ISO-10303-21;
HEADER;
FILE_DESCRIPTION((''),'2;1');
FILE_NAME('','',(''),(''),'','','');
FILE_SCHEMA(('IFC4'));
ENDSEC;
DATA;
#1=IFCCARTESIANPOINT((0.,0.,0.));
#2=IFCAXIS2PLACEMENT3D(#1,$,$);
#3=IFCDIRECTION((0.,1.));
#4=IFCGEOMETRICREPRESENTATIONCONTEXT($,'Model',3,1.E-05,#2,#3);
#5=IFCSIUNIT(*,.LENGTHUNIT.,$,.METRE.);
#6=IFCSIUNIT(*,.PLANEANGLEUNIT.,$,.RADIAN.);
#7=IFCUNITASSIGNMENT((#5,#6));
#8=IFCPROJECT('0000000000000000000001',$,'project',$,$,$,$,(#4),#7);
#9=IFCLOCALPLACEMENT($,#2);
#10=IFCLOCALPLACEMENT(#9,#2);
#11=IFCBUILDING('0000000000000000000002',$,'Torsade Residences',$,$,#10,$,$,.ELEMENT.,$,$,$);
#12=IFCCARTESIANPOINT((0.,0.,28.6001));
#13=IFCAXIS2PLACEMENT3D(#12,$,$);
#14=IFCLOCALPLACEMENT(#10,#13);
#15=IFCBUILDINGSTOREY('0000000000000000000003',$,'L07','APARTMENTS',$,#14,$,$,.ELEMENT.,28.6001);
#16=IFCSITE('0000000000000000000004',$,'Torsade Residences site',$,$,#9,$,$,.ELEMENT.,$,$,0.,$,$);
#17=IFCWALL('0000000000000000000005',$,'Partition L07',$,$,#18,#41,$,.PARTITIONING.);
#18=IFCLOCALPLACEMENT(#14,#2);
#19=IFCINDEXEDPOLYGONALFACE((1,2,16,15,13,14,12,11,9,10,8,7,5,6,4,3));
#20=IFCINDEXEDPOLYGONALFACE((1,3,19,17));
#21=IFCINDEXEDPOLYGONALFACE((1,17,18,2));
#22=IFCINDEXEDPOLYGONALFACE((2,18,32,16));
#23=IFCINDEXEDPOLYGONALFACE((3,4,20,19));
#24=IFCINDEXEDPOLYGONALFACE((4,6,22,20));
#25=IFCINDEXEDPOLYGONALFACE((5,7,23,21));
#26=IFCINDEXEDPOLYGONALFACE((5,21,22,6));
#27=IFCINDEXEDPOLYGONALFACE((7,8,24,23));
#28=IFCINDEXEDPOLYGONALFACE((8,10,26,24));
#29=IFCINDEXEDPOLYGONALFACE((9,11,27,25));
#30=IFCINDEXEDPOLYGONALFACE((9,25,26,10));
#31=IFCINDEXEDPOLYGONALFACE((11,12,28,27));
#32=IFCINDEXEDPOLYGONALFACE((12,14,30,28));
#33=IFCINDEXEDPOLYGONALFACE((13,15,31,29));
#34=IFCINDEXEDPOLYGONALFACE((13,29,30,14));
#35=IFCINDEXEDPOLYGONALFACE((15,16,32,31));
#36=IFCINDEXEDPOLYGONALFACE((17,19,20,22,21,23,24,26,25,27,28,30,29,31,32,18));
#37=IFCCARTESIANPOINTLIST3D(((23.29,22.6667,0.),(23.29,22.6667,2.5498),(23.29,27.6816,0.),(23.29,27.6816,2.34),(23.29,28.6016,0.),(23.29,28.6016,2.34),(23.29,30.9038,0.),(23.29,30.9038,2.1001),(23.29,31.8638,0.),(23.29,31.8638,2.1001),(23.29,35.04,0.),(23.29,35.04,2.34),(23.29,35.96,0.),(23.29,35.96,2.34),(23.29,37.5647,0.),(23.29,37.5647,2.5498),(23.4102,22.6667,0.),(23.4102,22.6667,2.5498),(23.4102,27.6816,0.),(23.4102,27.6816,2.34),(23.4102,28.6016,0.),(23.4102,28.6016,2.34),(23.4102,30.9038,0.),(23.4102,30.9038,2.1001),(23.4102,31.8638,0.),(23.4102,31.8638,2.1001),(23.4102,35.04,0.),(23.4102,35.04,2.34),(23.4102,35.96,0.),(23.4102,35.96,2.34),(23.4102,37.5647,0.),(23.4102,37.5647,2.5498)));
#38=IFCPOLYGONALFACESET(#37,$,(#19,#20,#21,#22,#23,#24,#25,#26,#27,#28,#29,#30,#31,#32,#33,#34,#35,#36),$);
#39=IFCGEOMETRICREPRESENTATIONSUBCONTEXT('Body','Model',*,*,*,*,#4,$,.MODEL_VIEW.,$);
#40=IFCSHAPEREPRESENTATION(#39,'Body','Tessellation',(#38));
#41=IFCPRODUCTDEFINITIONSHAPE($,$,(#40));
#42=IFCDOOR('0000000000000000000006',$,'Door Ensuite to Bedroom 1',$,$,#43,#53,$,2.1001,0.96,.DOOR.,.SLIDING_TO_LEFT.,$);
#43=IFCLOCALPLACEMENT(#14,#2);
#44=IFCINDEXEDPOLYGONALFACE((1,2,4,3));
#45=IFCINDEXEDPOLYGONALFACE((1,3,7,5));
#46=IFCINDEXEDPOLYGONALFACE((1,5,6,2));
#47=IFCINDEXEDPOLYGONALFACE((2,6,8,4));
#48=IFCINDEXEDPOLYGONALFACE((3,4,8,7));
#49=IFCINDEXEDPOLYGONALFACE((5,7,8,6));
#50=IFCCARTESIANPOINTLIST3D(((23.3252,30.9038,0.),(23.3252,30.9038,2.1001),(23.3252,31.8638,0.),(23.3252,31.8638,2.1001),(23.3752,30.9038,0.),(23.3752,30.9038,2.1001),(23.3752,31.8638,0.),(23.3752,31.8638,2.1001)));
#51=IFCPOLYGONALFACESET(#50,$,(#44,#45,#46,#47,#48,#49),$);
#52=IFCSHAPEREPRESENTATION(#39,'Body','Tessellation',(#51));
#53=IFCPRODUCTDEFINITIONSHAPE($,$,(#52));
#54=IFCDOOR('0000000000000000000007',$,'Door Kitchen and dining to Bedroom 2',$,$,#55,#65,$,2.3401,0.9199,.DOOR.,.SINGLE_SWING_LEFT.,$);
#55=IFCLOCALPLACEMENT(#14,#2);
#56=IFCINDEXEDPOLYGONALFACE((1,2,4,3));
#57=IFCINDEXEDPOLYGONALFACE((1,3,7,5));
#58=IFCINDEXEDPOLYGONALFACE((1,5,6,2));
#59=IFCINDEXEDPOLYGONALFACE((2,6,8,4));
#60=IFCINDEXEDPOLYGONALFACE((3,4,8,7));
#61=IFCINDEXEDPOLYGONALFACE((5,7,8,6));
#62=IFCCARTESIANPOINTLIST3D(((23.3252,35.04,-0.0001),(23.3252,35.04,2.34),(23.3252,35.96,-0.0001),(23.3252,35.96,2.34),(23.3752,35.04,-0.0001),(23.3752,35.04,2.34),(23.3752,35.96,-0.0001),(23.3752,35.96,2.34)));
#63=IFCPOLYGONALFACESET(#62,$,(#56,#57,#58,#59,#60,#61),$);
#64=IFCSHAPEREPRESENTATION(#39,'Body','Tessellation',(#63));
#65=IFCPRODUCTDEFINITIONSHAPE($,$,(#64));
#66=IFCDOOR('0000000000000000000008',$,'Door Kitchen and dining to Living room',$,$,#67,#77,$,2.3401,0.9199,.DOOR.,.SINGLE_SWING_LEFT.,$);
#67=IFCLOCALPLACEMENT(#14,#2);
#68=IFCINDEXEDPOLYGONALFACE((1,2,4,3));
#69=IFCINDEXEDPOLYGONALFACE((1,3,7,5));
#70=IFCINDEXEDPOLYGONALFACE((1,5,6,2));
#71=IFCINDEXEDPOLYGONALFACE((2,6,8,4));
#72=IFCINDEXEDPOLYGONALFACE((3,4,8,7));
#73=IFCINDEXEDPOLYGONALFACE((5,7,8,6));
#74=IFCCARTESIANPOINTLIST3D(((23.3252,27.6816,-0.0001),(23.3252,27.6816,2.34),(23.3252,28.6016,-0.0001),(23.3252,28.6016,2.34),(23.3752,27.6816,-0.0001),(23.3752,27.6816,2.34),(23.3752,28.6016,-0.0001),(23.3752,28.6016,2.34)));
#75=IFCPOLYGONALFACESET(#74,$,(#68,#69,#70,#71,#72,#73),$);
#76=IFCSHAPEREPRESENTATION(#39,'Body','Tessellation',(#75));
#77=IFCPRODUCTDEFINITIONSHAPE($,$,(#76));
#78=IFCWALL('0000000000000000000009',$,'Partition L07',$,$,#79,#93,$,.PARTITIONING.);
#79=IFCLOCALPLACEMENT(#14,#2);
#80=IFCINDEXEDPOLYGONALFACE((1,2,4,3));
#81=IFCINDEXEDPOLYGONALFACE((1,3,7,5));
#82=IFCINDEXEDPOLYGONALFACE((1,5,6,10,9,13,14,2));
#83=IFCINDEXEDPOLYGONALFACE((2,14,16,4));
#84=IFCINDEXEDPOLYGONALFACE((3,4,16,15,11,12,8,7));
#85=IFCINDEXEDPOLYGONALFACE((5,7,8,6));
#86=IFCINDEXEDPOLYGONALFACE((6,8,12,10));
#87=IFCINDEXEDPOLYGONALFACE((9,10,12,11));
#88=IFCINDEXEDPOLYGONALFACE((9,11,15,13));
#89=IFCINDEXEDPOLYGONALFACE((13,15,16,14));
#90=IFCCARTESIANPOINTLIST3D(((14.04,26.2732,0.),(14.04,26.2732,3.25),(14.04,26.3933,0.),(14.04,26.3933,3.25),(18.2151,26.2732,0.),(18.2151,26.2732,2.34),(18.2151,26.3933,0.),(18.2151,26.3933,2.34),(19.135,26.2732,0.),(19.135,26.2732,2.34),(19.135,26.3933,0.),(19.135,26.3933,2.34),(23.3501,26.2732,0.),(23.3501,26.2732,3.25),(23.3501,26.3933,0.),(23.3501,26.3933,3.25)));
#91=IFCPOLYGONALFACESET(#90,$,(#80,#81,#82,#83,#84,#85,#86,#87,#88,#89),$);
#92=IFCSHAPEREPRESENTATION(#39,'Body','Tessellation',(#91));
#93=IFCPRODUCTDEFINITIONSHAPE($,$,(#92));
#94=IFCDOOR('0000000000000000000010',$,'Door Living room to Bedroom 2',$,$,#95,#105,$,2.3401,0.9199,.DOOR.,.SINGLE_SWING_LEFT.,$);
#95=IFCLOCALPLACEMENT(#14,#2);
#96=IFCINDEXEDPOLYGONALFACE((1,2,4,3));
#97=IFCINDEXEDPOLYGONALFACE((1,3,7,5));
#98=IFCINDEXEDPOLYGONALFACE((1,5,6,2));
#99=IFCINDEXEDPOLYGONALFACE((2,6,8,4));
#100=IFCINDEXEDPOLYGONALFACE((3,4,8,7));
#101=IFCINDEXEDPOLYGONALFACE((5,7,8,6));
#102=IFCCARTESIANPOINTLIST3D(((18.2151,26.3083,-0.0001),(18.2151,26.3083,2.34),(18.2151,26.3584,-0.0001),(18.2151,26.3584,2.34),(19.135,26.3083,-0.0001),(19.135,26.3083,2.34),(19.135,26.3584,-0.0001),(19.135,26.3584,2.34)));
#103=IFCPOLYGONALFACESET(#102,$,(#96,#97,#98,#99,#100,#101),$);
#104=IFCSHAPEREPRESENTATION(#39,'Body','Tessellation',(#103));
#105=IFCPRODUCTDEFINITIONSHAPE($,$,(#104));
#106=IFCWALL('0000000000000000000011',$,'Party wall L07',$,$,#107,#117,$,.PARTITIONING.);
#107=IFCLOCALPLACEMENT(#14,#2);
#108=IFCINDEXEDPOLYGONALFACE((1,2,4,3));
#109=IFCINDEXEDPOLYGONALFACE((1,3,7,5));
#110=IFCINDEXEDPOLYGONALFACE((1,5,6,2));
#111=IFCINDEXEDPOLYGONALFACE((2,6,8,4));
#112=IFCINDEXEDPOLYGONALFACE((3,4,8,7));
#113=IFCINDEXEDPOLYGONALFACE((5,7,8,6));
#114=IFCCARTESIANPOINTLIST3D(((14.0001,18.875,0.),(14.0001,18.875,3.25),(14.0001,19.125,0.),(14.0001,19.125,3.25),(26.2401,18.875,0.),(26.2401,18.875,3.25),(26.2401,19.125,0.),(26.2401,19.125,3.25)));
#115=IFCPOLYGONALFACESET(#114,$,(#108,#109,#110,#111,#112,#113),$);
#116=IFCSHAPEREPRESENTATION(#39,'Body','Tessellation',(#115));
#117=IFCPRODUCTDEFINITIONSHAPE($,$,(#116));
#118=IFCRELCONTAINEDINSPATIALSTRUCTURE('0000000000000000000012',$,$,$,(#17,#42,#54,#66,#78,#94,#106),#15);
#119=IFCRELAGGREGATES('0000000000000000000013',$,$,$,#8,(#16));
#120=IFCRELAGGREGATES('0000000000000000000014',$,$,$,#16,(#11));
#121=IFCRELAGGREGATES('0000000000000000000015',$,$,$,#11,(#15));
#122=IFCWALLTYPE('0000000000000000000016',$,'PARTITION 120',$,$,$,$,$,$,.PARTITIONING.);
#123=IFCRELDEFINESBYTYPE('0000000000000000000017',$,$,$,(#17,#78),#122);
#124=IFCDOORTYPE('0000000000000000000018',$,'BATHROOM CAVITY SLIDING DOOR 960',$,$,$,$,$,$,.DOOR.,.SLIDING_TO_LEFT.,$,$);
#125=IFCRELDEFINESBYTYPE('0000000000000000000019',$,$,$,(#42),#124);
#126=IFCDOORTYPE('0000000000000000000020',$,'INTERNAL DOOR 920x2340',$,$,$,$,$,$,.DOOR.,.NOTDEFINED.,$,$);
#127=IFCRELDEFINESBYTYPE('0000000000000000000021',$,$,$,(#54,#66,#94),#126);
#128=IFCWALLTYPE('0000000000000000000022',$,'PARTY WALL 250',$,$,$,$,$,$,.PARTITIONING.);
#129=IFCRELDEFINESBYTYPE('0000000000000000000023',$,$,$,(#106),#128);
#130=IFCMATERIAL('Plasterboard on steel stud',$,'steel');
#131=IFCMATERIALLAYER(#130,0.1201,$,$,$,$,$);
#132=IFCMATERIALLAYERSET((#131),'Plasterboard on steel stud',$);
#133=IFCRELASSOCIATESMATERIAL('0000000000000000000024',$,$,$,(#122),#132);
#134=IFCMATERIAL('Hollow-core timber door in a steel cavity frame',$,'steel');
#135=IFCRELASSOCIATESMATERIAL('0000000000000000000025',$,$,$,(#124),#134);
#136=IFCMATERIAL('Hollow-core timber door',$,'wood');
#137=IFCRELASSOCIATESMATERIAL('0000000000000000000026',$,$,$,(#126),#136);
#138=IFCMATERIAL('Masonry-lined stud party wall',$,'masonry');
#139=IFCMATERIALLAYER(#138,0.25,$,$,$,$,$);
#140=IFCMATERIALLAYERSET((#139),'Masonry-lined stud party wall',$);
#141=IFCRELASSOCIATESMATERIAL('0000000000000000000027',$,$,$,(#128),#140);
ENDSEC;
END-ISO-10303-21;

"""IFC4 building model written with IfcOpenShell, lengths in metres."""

from ifc_helpers import new_model, si_unit, direction, frame, frame_2d, origin, place, context, subcontext, project, spatial, rectangle, extrude, material, layer, layer_set, type_object, element, fill, save


model = new_model("IFC4")

# Units and contexts
model_context = context("Model", 3, precision=1e-05, world=origin(), true_north=direction((0.0, 1.0)))
body_context = subcontext(model_context, "Body", "Model", "MODEL_VIEW")
ifc_project = project(units=[si_unit("LENGTHUNIT", "METRE"), si_unit("PLANEANGLEUNIT", "RADIAN")], contexts=[model_context])

# Site, building, storey
site_placement = place(None, origin())
site = spatial("IfcSite", under=ifc_project, at=site_placement, Name="Torsade Residences site", CompositionType="ELEMENT", RefElevation=0.0)
building_placement = place(site_placement, origin())
building = spatial("IfcBuilding", under=site, at=building_placement, Name="Torsade Residences", CompositionType="ELEMENT")
storey_placement = place(building_placement, frame((0.0, 0.0, 28.6001)))
storey = spatial("IfcBuildingStorey", under=building, at=storey_placement, Name="L07", Description="APARTMENTS", CompositionType="ELEMENT", Elevation=28.6001)

# Wall, openings, doors
ifc_material_1 = material(Name="Plasterboard on steel stud", Category="steel")
ifc_layer_1 = layer(ifc_material_1, 0.1201)
ifc_layer_set_1 = layer_set([ifc_layer_1], Name="Plasterboard on steel stud")
wall_type_1 = type_object("IfcWallType", Name="PARTITION 120", PredefinedType="PARTITIONING", material=ifc_layer_set_1)
wall_1_placement = place(storey_placement, frame((23.3501, 22.6667, 0.0), z_axis=(0.0, 0.0, 1.0), x_axis=(0.0, 1.0, 0.0)))
wall_1 = element("IfcWall", 1, at=wall_1_placement, inside=storey, type_object=wall_type_1, Name="Partition L07", PredefinedType="PARTITIONING", context=body_context, shape_type="SweptSolid", body=[
    extrude(rectangle(XDim=14.8979, YDim=0.1201, at=frame_2d((7.449, 0.0))), origin(), (0.0, 0.0, 1.0), 2.5498),
])
opening_1_placement = place(wall_1_placement, frame((12.3733, 0.0, 0.0)))
opening_1 = element("IfcOpeningElement", 2, at=opening_1_placement, cuts=wall_1, PredefinedType="OPENING", context=body_context, shape_type="SweptSolid", body=[
    extrude(rectangle(XDim=0.9199, YDim=2.3401, at=frame_2d((0.46, 1.1699))), frame((0.0, 0.0701, 0.0), z_axis=(0.0, -1.0, 0.0), x_axis=(1.0, 0.0, 0.0)), (0.0, 0.0, 1.0), 0.1401),
])
opening_2_placement = place(wall_1_placement, frame((5.0149, 0.0, 0.0)))
opening_2 = element("IfcOpeningElement", 3, at=opening_2_placement, cuts=wall_1, PredefinedType="OPENING", context=body_context, shape_type="SweptSolid", body=[
    extrude(rectangle(XDim=0.9199, YDim=2.3401, at=frame_2d((0.46, 1.1699))), frame((0.0, 0.0701, 0.0), z_axis=(0.0, -1.0, 0.0), x_axis=(1.0, 0.0, 0.0)), (0.0, 0.0, 1.0), 0.1401),
])
opening_3_placement = place(wall_1_placement, frame((8.2371, 0.0, 0.0)))
opening_3 = element("IfcOpeningElement", 4, at=opening_3_placement, cuts=wall_1, PredefinedType="OPENING", context=body_context, shape_type="SweptSolid", body=[
    extrude(rectangle(XDim=0.96, YDim=2.1001, at=frame_2d((0.48, 1.05))), frame((0.0, 0.0701, 0.0), z_axis=(0.0, -1.0, 0.0), x_axis=(1.0, 0.0, 0.0)), (0.0, 0.0, 1.0), 0.1401),
])
ifc_material_2 = material(Name="Hollow-core timber door in a steel cavity frame", Category="steel")
door_type_1 = type_object("IfcDoorType", Name="BATHROOM CAVITY SLIDING DOOR 960", OperationType="SLIDING_TO_LEFT", PredefinedType="DOOR", material=ifc_material_2)
door_1_placement = place(opening_3_placement, origin())
door_1 = element("IfcDoor", 5, at=door_1_placement, inside=storey, type_object=door_type_1, Name="Door Ensuite to Bedroom 1", OperationType="SLIDING_TO_LEFT", OverallHeight=2.1001, OverallWidth=0.96, PredefinedType="DOOR", context=body_context, shape_type="SweptSolid", body=[
    extrude(rectangle(XDim=0.96, YDim=2.1001, at=frame_2d((0.48, 1.05))), frame((0.0, 0.0249, 0.0), z_axis=(0.0, -1.0, 0.0), x_axis=(1.0, 0.0, 0.0)), (0.0, 0.0, 1.0), 0.05),
])
fill(opening_3, door_1)
ifc_material_3 = material(Name="Hollow-core timber door", Category="wood")
door_type_2 = type_object("IfcDoorType", Name="INTERNAL DOOR 920x2340", OperationType="NOTDEFINED", PredefinedType="DOOR", material=ifc_material_3)
door_2_placement = place(opening_1_placement, origin())
door_2 = element("IfcDoor", 6, at=door_2_placement, inside=storey, type_object=door_type_2, Name="Door Kitchen and dining to Bedroom 2", OperationType="SINGLE_SWING_LEFT", OverallHeight=2.3401, OverallWidth=0.9199, PredefinedType="DOOR", context=body_context, shape_type="SweptSolid", body=[
    extrude(rectangle(XDim=0.9199, YDim=2.3401, at=frame_2d((0.46, 1.1699))), frame((0.0, 0.0249, 0.0), z_axis=(0.0, -1.0, 0.0), x_axis=(1.0, 0.0, 0.0)), (0.0, 0.0, 1.0), 0.05),
])
fill(opening_1, door_2)
door_3_placement = place(opening_2_placement, origin())
door_3 = element("IfcDoor", 7, at=door_3_placement, inside=storey, type_object=door_type_2, Name="Door Kitchen and dining to Living room", OperationType="SINGLE_SWING_LEFT", OverallHeight=2.3401, OverallWidth=0.9199, PredefinedType="DOOR", context=body_context, shape_type="SweptSolid", body=[
    extrude(rectangle(XDim=0.9199, YDim=2.3401, at=frame_2d((0.46, 1.1699))), frame((0.0, 0.0249, 0.0), z_axis=(0.0, -1.0, 0.0), x_axis=(1.0, 0.0, 0.0)), (0.0, 0.0, 1.0), 0.05),
])
fill(opening_2, door_3)

# Wall, opening, door
wall_2_placement = place(storey_placement, frame((23.3501, 26.3333, 0.0), z_axis=(0.0, 0.0, 1.0), x_axis=(-1.0, 0.0, 0.0)))
wall_2 = element("IfcWall", 8, at=wall_2_placement, inside=storey, type_object=wall_type_1, Name="Partition L07", PredefinedType="PARTITIONING", context=body_context, shape_type="SweptSolid", body=[
    extrude(rectangle(XDim=9.3101, YDim=0.1201, at=frame_2d((4.655, 0.0))), origin(), (0.0, 0.0, 1.0), 3.25),
])
opening_4_placement = place(wall_2_placement, frame((4.2151, 0.0, 0.0)))
opening_4 = element("IfcOpeningElement", 9, at=opening_4_placement, cuts=wall_2, PredefinedType="OPENING", context=body_context, shape_type="SweptSolid", body=[
    extrude(rectangle(XDim=0.9199, YDim=2.3401, at=frame_2d((0.46, 1.1699))), frame((0.0, 0.0701, 0.0), z_axis=(0.0, -1.0, 0.0), x_axis=(1.0, 0.0, 0.0)), (0.0, 0.0, 1.0), 0.1401),
])
door_4_placement = place(opening_4_placement, origin())
door_4 = element("IfcDoor", 10, at=door_4_placement, inside=storey, type_object=door_type_2, Name="Door Living room to Bedroom 2", OperationType="SINGLE_SWING_LEFT", OverallHeight=2.3401, OverallWidth=0.9199, PredefinedType="DOOR", context=body_context, shape_type="SweptSolid", body=[
    extrude(rectangle(XDim=0.9199, YDim=2.3401, at=frame_2d((0.46, 1.1699))), frame((0.0, 0.0249, 0.0), z_axis=(0.0, -1.0, 0.0), x_axis=(1.0, 0.0, 0.0)), (0.0, 0.0, 1.0), 0.05),
])
fill(opening_4, door_4)

# Wall
ifc_material_4 = material(Name="Masonry-lined stud party wall", Category="masonry")
ifc_layer_2 = layer(ifc_material_4, 0.25)
ifc_layer_set_2 = layer_set([ifc_layer_2], Name="Masonry-lined stud party wall")
wall_type_2 = type_object("IfcWallType", Name="PARTY WALL 250", PredefinedType="PARTITIONING", material=ifc_layer_set_2)
wall_3_placement = place(storey_placement, frame((14.0, 19.0, 0.0), z_axis=(0.0, 0.0, 1.0), x_axis=(1.0, 0.0, 0.0)))
element("IfcWall", 11, at=wall_3_placement, inside=storey, type_object=wall_type_2, Name="Party wall L07", PredefinedType="PARTITIONING", context=body_context, shape_type="SweptSolid", body=[
    extrude(rectangle(XDim=12.24, YDim=0.25, at=frame_2d((6.1201, 0.0))), origin(), (0.0, 0.0, 1.0), 3.25),
])

save(model, "model.ifc")
